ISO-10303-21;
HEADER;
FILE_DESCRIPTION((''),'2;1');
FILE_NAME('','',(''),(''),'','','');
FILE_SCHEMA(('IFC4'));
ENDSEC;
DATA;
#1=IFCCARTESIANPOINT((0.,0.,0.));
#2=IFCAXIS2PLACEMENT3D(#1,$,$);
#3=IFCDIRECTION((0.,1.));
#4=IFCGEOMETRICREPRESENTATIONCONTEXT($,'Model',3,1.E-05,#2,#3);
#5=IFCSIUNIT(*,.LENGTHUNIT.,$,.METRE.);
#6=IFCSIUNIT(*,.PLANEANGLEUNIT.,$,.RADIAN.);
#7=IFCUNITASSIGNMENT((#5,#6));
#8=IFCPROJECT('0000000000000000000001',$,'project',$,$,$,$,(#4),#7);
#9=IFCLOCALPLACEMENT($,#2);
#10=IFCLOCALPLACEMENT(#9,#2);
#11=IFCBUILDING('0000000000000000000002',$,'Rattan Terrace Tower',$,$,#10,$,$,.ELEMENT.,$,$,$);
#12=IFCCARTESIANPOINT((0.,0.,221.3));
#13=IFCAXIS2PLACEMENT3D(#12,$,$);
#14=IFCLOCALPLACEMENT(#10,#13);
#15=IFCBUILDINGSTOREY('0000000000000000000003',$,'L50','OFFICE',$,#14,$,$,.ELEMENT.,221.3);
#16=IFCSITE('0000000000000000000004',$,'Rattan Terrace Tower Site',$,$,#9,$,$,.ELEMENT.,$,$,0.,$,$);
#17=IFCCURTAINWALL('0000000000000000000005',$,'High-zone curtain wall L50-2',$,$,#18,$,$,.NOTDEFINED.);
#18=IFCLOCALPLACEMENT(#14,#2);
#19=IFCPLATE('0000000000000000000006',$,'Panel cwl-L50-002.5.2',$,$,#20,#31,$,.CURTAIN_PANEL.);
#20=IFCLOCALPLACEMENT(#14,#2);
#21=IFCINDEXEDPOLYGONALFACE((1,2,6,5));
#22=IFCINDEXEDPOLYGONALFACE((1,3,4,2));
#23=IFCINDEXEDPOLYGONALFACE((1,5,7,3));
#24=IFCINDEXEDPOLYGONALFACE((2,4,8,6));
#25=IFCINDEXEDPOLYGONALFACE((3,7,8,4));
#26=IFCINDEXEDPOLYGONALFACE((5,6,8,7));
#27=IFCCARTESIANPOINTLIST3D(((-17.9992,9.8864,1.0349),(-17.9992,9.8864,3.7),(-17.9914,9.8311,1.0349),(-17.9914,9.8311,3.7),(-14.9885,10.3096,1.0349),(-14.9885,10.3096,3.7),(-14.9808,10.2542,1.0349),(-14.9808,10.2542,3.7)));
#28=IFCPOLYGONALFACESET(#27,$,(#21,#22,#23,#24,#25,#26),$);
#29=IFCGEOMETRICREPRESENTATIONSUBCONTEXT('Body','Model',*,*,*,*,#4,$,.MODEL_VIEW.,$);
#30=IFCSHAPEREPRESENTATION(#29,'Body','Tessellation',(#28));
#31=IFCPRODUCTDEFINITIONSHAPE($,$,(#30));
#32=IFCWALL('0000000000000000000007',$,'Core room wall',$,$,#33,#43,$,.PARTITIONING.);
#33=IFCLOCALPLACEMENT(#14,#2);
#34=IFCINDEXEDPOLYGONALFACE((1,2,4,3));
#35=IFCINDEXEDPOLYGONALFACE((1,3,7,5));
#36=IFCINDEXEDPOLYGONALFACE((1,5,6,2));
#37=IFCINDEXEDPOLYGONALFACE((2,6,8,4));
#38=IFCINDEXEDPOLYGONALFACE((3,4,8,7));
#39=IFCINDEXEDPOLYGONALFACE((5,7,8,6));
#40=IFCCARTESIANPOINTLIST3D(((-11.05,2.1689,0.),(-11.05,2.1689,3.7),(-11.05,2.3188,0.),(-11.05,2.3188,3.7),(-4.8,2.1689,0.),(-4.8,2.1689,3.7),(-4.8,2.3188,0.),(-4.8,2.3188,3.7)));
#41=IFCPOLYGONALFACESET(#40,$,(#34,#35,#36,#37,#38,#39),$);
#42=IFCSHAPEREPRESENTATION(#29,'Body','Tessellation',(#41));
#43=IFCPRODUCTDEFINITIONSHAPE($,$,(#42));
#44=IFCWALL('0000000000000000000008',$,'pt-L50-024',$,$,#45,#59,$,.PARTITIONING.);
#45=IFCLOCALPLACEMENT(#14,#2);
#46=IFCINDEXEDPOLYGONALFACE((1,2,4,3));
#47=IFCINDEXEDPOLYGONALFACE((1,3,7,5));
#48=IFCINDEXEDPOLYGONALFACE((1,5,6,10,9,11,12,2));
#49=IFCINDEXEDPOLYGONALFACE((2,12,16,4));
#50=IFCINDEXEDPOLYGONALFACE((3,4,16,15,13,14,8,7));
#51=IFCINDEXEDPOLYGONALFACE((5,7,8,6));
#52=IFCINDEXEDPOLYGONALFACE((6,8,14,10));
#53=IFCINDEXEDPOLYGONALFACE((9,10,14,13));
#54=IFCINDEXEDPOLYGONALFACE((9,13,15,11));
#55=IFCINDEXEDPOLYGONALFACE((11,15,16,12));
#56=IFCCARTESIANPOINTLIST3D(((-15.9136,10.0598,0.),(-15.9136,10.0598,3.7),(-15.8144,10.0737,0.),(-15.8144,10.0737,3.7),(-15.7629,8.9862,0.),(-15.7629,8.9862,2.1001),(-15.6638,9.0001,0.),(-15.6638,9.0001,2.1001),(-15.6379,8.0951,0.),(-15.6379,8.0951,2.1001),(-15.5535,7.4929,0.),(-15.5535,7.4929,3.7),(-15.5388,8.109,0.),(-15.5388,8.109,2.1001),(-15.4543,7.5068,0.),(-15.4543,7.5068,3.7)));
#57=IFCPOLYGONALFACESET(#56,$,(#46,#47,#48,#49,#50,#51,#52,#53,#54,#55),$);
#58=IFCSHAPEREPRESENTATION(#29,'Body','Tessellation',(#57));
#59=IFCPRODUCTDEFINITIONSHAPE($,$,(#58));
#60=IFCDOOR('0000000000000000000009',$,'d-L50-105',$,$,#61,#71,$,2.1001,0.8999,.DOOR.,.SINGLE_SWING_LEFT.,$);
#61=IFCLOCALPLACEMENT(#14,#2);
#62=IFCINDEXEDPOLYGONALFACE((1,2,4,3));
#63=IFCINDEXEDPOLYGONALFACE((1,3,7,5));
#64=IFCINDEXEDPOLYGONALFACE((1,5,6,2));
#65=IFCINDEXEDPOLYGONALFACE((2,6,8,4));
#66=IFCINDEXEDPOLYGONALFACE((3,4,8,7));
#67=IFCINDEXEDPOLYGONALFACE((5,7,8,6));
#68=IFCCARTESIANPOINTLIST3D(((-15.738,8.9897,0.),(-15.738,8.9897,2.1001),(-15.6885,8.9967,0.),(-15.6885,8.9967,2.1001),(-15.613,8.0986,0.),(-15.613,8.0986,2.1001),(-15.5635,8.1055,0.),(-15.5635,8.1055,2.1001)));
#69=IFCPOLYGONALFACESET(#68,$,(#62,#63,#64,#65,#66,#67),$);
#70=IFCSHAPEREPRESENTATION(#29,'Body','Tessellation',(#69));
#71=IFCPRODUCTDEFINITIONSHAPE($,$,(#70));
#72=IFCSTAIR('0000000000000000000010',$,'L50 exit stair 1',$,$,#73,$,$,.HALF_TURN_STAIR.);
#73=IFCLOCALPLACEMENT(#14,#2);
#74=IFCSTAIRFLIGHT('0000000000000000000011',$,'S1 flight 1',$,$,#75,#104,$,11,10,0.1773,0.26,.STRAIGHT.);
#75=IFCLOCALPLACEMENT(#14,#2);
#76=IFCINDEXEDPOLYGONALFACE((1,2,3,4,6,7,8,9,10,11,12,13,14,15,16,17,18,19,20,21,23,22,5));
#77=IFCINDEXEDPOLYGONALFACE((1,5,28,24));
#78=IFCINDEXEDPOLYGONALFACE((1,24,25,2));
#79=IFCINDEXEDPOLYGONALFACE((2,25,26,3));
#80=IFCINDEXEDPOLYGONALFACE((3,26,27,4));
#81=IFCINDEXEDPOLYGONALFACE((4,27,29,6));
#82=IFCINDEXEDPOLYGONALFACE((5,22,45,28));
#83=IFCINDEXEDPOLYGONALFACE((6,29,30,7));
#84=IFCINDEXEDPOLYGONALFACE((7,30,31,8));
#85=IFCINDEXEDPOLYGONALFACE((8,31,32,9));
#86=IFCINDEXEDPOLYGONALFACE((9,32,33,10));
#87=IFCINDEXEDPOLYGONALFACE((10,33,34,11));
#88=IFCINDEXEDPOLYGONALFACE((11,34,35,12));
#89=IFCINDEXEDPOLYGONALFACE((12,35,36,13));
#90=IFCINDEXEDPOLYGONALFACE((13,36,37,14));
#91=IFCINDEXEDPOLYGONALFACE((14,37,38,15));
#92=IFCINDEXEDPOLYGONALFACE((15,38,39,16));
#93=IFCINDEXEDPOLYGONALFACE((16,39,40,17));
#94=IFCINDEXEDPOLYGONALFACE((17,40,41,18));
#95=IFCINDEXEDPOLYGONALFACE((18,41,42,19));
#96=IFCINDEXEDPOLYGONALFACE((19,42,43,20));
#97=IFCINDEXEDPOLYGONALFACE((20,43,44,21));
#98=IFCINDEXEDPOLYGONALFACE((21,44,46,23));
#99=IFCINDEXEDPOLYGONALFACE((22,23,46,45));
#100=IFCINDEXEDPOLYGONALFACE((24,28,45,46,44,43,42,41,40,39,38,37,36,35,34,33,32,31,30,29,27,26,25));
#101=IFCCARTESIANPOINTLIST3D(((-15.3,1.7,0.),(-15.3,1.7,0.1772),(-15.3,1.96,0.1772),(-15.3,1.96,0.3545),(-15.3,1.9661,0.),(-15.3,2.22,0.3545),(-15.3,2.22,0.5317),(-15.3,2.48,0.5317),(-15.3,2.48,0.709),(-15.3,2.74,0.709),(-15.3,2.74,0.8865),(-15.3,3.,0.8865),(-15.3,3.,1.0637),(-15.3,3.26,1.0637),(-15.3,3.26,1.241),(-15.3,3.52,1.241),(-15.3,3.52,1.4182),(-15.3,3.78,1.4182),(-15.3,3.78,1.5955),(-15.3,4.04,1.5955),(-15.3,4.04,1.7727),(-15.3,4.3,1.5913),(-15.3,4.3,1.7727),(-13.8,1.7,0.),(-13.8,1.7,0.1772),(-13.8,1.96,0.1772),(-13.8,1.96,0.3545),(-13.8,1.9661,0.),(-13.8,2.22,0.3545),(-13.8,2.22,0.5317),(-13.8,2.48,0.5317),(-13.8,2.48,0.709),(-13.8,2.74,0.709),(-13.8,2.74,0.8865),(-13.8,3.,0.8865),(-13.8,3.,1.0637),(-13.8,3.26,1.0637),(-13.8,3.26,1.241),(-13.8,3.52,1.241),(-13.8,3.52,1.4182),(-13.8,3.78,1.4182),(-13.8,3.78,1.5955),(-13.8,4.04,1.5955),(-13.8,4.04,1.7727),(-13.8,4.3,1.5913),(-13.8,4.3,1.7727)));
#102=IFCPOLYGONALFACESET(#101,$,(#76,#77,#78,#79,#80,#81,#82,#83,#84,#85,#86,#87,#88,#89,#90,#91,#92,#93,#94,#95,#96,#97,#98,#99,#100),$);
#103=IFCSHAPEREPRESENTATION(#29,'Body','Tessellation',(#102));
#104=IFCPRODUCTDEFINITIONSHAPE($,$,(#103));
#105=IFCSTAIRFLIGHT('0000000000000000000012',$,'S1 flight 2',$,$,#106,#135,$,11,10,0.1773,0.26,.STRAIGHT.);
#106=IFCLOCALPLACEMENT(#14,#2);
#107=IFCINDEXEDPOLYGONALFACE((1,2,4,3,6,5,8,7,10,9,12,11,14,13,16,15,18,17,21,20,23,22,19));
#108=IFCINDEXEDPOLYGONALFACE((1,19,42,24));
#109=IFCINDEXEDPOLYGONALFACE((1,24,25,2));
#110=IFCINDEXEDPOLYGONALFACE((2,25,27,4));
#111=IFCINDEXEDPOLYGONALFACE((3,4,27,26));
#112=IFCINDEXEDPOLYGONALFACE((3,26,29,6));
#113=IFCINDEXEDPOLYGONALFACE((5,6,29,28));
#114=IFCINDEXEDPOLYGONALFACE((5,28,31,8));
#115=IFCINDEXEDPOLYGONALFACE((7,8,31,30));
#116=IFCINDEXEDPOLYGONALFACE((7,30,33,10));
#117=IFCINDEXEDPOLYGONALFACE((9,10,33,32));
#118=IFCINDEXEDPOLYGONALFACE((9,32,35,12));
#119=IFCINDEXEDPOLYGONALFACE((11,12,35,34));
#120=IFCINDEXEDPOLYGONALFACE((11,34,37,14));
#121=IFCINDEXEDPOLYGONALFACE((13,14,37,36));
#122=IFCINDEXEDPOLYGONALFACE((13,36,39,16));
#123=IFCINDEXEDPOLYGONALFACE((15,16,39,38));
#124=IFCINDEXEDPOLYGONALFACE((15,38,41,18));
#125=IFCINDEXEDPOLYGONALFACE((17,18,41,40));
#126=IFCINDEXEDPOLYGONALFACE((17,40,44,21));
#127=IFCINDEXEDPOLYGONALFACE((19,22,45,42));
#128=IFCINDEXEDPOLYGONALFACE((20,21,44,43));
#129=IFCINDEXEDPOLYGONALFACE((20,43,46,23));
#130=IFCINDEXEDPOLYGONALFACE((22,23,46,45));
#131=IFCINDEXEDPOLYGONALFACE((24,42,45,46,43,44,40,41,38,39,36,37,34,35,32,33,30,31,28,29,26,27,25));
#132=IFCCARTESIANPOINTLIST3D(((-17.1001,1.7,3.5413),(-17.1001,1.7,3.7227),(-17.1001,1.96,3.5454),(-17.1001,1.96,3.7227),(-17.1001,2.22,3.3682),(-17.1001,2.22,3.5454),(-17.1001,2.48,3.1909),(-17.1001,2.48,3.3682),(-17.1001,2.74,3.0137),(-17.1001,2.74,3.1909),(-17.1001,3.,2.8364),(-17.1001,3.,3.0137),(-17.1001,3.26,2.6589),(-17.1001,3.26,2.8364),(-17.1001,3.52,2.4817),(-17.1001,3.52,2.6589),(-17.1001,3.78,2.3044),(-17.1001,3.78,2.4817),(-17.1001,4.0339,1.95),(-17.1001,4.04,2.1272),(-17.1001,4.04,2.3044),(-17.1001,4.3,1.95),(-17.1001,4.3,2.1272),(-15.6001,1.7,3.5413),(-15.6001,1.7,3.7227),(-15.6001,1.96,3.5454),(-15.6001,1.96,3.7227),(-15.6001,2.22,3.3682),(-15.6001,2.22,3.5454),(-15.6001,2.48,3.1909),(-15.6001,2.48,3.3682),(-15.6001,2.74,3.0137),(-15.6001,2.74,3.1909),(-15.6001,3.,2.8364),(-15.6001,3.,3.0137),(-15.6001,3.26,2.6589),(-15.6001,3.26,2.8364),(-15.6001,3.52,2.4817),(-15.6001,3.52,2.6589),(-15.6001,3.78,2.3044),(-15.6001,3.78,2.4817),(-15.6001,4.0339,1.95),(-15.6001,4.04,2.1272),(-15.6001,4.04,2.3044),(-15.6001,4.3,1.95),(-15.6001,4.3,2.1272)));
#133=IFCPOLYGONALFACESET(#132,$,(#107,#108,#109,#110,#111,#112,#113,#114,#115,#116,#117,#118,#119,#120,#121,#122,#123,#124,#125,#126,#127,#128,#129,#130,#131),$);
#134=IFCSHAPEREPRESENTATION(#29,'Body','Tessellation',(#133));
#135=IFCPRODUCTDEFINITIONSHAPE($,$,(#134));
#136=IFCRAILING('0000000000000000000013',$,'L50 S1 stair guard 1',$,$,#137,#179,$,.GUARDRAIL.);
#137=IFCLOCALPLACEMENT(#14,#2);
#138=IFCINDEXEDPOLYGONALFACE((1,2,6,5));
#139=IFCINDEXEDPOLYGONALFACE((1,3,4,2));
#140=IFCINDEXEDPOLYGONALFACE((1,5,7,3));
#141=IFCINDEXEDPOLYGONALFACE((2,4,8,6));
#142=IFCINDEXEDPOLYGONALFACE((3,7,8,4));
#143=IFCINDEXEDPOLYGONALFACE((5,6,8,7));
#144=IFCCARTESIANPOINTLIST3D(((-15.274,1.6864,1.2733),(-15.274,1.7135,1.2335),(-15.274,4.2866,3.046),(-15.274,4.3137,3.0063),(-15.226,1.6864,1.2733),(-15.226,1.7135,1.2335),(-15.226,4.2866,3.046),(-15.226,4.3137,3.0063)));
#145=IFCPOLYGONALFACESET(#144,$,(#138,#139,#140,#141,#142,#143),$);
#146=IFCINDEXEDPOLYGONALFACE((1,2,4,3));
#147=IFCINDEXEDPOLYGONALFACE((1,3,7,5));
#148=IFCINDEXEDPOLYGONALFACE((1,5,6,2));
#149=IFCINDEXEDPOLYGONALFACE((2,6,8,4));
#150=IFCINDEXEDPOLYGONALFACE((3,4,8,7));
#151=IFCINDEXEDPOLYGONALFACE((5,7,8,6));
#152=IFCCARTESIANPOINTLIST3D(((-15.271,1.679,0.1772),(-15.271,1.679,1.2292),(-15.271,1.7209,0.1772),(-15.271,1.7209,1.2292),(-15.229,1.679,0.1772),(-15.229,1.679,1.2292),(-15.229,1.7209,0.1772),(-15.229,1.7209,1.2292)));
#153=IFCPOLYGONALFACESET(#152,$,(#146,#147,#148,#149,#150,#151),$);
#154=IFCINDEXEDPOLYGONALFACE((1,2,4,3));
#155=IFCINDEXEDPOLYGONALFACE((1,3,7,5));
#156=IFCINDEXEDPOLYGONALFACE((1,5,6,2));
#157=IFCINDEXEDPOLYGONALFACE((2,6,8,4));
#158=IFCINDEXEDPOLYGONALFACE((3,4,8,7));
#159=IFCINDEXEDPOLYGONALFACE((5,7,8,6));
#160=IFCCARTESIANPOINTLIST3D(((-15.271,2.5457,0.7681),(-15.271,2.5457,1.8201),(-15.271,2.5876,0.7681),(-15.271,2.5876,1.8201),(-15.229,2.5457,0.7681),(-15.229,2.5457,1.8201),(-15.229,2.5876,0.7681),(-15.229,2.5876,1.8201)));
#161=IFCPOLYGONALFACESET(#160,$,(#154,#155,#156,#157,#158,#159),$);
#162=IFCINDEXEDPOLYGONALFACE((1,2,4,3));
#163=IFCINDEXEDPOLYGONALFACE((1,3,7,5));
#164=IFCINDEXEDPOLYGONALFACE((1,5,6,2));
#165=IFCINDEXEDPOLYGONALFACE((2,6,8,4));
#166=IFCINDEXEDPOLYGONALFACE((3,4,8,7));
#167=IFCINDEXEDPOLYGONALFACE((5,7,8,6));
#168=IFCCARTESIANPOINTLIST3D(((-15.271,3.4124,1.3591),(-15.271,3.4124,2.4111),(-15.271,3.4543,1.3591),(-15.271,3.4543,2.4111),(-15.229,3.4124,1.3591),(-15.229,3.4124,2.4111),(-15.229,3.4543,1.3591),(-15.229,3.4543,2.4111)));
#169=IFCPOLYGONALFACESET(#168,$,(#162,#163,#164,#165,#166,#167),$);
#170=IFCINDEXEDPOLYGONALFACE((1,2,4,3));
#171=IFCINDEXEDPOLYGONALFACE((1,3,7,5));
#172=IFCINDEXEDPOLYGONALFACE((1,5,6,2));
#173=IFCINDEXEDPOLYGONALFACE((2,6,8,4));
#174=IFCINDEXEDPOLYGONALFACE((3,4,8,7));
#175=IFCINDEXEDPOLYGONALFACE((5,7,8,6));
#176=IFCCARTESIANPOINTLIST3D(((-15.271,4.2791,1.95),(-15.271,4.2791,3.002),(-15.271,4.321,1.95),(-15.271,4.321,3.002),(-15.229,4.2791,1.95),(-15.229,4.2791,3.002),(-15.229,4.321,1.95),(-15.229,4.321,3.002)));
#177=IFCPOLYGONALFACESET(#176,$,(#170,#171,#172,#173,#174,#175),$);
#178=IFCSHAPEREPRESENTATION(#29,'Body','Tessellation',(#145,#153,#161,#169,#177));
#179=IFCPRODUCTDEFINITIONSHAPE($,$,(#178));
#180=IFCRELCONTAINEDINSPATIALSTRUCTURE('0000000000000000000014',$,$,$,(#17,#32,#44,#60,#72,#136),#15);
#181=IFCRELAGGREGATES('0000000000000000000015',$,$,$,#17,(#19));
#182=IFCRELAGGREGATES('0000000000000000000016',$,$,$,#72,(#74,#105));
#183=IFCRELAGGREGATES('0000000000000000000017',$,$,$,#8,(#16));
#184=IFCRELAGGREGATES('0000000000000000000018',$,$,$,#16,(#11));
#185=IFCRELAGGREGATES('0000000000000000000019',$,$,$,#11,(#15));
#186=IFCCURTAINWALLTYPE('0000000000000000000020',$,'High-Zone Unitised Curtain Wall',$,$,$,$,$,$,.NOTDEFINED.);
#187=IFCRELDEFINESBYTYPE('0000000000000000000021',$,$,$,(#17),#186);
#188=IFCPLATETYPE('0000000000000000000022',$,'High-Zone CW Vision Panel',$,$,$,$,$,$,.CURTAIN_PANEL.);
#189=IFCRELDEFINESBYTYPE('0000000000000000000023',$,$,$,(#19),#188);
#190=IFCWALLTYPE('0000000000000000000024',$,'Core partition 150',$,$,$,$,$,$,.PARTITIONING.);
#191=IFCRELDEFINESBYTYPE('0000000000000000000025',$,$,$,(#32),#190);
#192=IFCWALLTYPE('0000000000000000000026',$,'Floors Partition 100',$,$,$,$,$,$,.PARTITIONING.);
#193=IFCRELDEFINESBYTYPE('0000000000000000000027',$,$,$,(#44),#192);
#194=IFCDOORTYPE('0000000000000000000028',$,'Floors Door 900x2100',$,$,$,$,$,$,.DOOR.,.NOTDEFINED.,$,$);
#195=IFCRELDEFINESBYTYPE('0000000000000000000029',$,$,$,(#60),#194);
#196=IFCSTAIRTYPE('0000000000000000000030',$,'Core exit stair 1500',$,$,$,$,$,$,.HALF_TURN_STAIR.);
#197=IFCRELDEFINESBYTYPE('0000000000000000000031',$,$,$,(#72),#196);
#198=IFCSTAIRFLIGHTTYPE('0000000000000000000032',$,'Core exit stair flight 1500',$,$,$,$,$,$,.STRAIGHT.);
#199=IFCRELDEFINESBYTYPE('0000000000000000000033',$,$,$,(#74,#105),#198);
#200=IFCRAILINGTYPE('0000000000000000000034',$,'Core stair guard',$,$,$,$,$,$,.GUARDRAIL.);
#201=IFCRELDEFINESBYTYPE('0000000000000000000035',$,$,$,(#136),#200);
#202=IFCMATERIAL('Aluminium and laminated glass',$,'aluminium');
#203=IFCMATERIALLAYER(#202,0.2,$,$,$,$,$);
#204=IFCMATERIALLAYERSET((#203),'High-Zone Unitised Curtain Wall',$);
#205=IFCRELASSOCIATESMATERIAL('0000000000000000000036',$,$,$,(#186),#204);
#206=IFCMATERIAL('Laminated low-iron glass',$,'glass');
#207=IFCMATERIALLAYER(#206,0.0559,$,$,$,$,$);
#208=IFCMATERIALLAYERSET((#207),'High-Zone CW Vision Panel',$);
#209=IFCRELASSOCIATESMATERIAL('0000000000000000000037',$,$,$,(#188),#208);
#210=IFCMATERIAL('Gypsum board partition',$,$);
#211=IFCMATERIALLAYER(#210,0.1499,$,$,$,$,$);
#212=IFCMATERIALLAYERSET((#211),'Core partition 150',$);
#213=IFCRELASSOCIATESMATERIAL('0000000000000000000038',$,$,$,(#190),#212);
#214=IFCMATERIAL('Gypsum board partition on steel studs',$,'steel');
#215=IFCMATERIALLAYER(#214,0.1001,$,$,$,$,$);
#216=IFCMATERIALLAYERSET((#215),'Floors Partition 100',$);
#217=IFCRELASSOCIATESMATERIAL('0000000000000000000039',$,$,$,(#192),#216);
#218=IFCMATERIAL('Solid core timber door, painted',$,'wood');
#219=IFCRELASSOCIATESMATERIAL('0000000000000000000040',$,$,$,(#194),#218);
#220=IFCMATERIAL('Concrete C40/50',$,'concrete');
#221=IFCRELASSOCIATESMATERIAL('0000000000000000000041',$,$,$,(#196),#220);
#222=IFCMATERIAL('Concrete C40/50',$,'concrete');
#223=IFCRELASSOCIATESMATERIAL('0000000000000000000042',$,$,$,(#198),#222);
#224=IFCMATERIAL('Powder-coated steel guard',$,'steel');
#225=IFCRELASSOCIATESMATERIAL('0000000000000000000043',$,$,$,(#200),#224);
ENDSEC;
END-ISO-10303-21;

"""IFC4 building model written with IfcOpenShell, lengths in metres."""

from ifc_helpers import new_model, si_unit, direction, frame, frame_2d, origin, origin_2d, place, context, subcontext, project, spatial, polyline, rectangle, outline, extrude, material, layer, layer_set, type_object, element, fill, aggregate, save


model = new_model("IFC4")

# Units and contexts
model_context = context("Model", 3, precision=1e-05, world=origin(), true_north=direction((0.0, 1.0)))
body_context = subcontext(model_context, "Body", "Model", "MODEL_VIEW")
ifc_project = project(units=[si_unit("LENGTHUNIT", "METRE"), si_unit("PLANEANGLEUNIT", "RADIAN")], contexts=[model_context])

# Site, building, storey
site_placement = place(None, origin())
site = spatial("IfcSite", under=ifc_project, at=site_placement, Name="Rattan Terrace Tower Site", CompositionType="ELEMENT", RefElevation=0.0)
building_placement = place(site_placement, origin())
building = spatial("IfcBuilding", under=site, at=building_placement, Name="Rattan Terrace Tower", CompositionType="ELEMENT")
storey_placement = place(building_placement, frame((0.0, 0.0, 221.3)))
storey = spatial("IfcBuildingStorey", under=building, at=storey_placement, Name="L50", Description="OFFICE", CompositionType="ELEMENT", Elevation=221.3)

# Curtain wall, plate
ifc_material_1 = material(Name="Aluminium and laminated glass", Category="aluminium")
ifc_layer_1 = layer(ifc_material_1, 0.2)
ifc_layer_set_1 = layer_set([ifc_layer_1], Name="High-Zone Unitised Curtain Wall")
curtain_wall_type = type_object("IfcCurtainWallType", Name="High-Zone Unitised Curtain Wall", PredefinedType="NOTDEFINED", material=ifc_layer_set_1)
curtain_wall_placement = place(storey_placement, origin())
curtain_wall = element("IfcCurtainWall", 1, at=curtain_wall_placement, inside=storey, type_object=curtain_wall_type, Name="High-zone curtain wall L50-2", PredefinedType="NOTDEFINED")
ifc_material_2 = material(Name="Laminated low-iron glass", Category="glass")
ifc_layer_2 = layer(ifc_material_2, 0.0559)
ifc_layer_set_2 = layer_set([ifc_layer_2], Name="High-Zone CW Vision Panel")
plate_type_1 = type_object("IfcPlateType", Name="High-Zone CW Vision Panel", PredefinedType="CURTAIN_PANEL", material=ifc_layer_set_2)
plate_1_placement = place(storey_placement, frame((-16.49, 10.0703, 1.0349), z_axis=(0.0, 0.0, 1.0), x_axis=(-0.990267, -0.139177, 0.0)))
plate_1 = element("IfcPlate", 2, at=plate_1_placement, type_object=plate_type_1, Name="Panel cwl-L50-002.5.2", PredefinedType="CURTAIN_PANEL", context=body_context, shape_type="SweptSolid", body=[
    extrude(rectangle(XDim=3.0403, YDim=0.0559, at=origin_2d()), origin(), (0.0, 0.0, 1.0), 2.665),
])
aggregate(curtain_wall, [plate_1])

# Wall
ifc_material_3 = material(Name="Gypsum board partition")
ifc_layer_3 = layer(ifc_material_3, 0.1499)
ifc_layer_set_3 = layer_set([ifc_layer_3], Name="Core partition 150")
wall_type_1 = type_object("IfcWallType", Name="Core partition 150", PredefinedType="PARTITIONING", material=ifc_layer_set_3)
wall_1_placement = place(storey_placement, frame((-11.05, 2.2439, 0.0), z_axis=(0.0, 0.0, 1.0), x_axis=(1.0, 0.0, 0.0)))
element("IfcWall", 3, at=wall_1_placement, inside=storey, type_object=wall_type_1, Name="Core room wall", PredefinedType="PARTITIONING", context=body_context, shape_type="SweptSolid", body=[
    extrude(rectangle(XDim=6.25, YDim=0.1499, at=frame_2d((3.125, 0.0))), origin(), (0.0, 0.0, 1.0), 3.7),
])

# Wall, opening, door
ifc_material_4 = material(Name="Gypsum board partition on steel studs", Category="steel")
ifc_layer_4 = layer(ifc_material_4, 0.1001)
ifc_layer_set_4 = layer_set([ifc_layer_4], Name="Floors Partition 100")
wall_type_2 = type_object("IfcWallType", Name="Floors Partition 100", PredefinedType="PARTITIONING", material=ifc_layer_set_4)
wall_2_placement = place(storey_placement, frame((-15.5039, 7.5, 0.0), z_axis=(0.0, 0.0, 1.0), x_axis=(-0.138929, 0.990302, 0.0)))
wall_2 = element("IfcWall", 4, at=wall_2_placement, inside=storey, type_object=wall_type_2, Name="pt-L50-024", PredefinedType="PARTITIONING", context=body_context, shape_type="SweptSolid", body=[
    extrude(rectangle(XDim=2.592, YDim=0.1001, at=frame_2d((1.2959, 0.0))), origin(), (0.0, 0.0, 1.0), 3.7),
])
opening_placement = place(wall_2_placement, frame((0.6079, 0.0, 0.0)))
opening = element("IfcOpeningElement", 5, at=opening_placement, cuts=wall_2, PredefinedType="OPENING", context=body_context, shape_type="SweptSolid", body=[
    extrude(rectangle(XDim=0.8999, YDim=2.1001, at=frame_2d((0.45, 1.05))), frame((0.0, 0.0605, 0.0), z_axis=(0.0, -1.0, 0.0), x_axis=(1.0, 0.0, 0.0)), (0.0, 0.0, 1.0), 0.1211),
])
ifc_material_5 = material(Name="Solid core timber door, painted", Category="wood")
door_type = type_object("IfcDoorType", Name="Floors Door 900x2100", OperationType="NOTDEFINED", PredefinedType="DOOR", material=ifc_material_5)
door_placement = place(opening_placement, origin())
door = element("IfcDoor", 6, at=door_placement, inside=storey, type_object=door_type, Name="d-L50-105", OperationType="SINGLE_SWING_LEFT", OverallHeight=2.1001, OverallWidth=0.8999, PredefinedType="DOOR", context=body_context, shape_type="SweptSolid", body=[
    extrude(rectangle(XDim=0.8999, YDim=2.1001, at=frame_2d((0.45, 1.05))), frame((0.0, 0.0249, 0.0), z_axis=(0.0, -1.0, 0.0), x_axis=(1.0, 0.0, 0.0)), (0.0, 0.0, 1.0), 0.05),
])
fill(opening, door)

# Stair, stair flights
ifc_material_6 = material(Name="Concrete C40/50", Category="concrete")
stair_type = type_object("IfcStairType", Name="Core exit stair 1500", PredefinedType="HALF_TURN_STAIR", material=ifc_material_6)
stair_placement = place(storey_placement, origin())
stair = element("IfcStair", 7, at=stair_placement, inside=storey, type_object=stair_type, Name="L50 exit stair 1", PredefinedType="HALF_TURN_STAIR")
ifc_material_7 = material(Name="Concrete C40/50", Category="concrete")
stair_flight_type = type_object("IfcStairFlightType", Name="Core exit stair flight 1500", PredefinedType="STRAIGHT", material=ifc_material_7)
stair_flight_1_placement = place(storey_placement, frame((-14.55, 1.7, 0.0), z_axis=(0.0, 0.0, 1.0), x_axis=(0.0, 1.0, 0.0)))
stair_flight_1 = element("IfcStairFlight", 8, at=stair_flight_1_placement, type_object=stair_flight_type, Name="S1 flight 1", NumberOfRisers=11, NumberOfTreads=10, PredefinedType="STRAIGHT", RiserHeight=0.1773, TreadLength=0.26, context=body_context, shape_type="SweptSolid", body=[
    extrude(outline(polyline([(0.0, 0.0), (0.0, 0.1772), (0.26, 0.1772), (0.26, 0.3545), (0.52, 0.3545), (0.52, 0.5317), (0.78, 0.5317), (0.78, 0.709), (1.04, 0.709), (1.04, 0.8865), (1.3, 0.8865), (1.3, 1.0637), (1.5601, 1.0637), (1.5601, 1.241), (1.8201, 1.241), (1.8201, 1.4182), (2.0801, 1.4182), (2.0801, 1.5955), (2.3401, 1.5955), (2.3401, 1.7727), (2.6001, 1.7727), (2.6001, 1.95), (2.6001, 1.5913), (0.2661, 0.0), (0.0, 0.0)])), frame((0.0, 0.75, 0.0), z_axis=(0.0, -1.0, 0.0), x_axis=(1.0, 0.0, 0.0)), (0.0, 0.0, 1.0), 1.5),
])
stair_flight_2_placement = place(storey_placement, frame((-16.3501, 4.3, 1.95), z_axis=(0.0, 0.0, 1.0), x_axis=(0.0, -1.0, 0.0)))
stair_flight_2 = element("IfcStairFlight", 9, at=stair_flight_2_placement, type_object=stair_flight_type, Name="S1 flight 2", NumberOfRisers=11, NumberOfTreads=10, PredefinedType="STRAIGHT", RiserHeight=0.1773, TreadLength=0.26, context=body_context, shape_type="SweptSolid", body=[
    extrude(outline(polyline([(0.0, 0.0), (0.0, 0.1772), (0.26, 0.1772), (0.26, 0.3545), (0.52, 0.3545), (0.52, 0.5317), (0.78, 0.5317), (0.78, 0.709), (1.04, 0.709), (1.04, 0.8865), (1.3, 0.8865), (1.3, 1.0637), (1.5601, 1.0637), (1.5601, 1.241), (1.8201, 1.241), (1.8201, 1.4182), (2.0801, 1.4182), (2.0801, 1.5955), (2.3401, 1.5955), (2.3401, 1.7727), (2.6001, 1.7727), (2.6001, 1.95), (2.6001, 1.5913), (0.2661, 0.0), (0.0, 0.0)])), frame((0.0, 0.75, 0.0), z_axis=(0.0, -1.0, 0.0), x_axis=(1.0, 0.0, 0.0)), (0.0, 0.0, 1.0), 1.5),
])
aggregate(stair, [stair_flight_1, stair_flight_2])

# Railing
ifc_material_8 = material(Name="Powder-coated steel guard", Category="steel")
railing_type_1 = type_object("IfcRailingType", Name="Core stair guard", PredefinedType="GUARDRAIL", material=ifc_material_8)
railing_1_placement = place(storey_placement, frame((-15.25, 1.7, 0.1772)))
element("IfcRailing", 10, at=railing_1_placement, inside=storey, type_object=railing_type_1, Name="L50 S1 stair guard 1", PredefinedType="GUARDRAIL", context=body_context, shape_type="SweptSolid", body=[
    extrude(rectangle(XDim=0.0481, YDim=0.0481, at=origin_2d()), frame((0.0, 0.0, 1.0762), z_axis=(0.0, 0.82624, 0.563318), x_axis=(-1.0, 0.0, 0.0)), (0.0, 0.0, 1.0), 3.147),
    extrude(rectangle(XDim=0.042, YDim=0.042, at=origin_2d()), origin(), (0.0, 0.0, 1.0), 1.052),
    extrude(rectangle(XDim=0.042, YDim=0.042, at=origin_2d()), frame((0.0, 0.8667, 0.5908)), (0.0, 0.0, 1.0), 1.052),
    extrude(rectangle(XDim=0.042, YDim=0.042, at=origin_2d()), frame((0.0, 1.7334, 1.1819)), (0.0, 0.0, 1.0), 1.052),
    extrude(rectangle(XDim=0.042, YDim=0.042, at=origin_2d()), frame((0.0, 2.6001, 1.7727)), (0.0, 0.0, 1.0), 1.052),
])

save(model, "model.ifc")
